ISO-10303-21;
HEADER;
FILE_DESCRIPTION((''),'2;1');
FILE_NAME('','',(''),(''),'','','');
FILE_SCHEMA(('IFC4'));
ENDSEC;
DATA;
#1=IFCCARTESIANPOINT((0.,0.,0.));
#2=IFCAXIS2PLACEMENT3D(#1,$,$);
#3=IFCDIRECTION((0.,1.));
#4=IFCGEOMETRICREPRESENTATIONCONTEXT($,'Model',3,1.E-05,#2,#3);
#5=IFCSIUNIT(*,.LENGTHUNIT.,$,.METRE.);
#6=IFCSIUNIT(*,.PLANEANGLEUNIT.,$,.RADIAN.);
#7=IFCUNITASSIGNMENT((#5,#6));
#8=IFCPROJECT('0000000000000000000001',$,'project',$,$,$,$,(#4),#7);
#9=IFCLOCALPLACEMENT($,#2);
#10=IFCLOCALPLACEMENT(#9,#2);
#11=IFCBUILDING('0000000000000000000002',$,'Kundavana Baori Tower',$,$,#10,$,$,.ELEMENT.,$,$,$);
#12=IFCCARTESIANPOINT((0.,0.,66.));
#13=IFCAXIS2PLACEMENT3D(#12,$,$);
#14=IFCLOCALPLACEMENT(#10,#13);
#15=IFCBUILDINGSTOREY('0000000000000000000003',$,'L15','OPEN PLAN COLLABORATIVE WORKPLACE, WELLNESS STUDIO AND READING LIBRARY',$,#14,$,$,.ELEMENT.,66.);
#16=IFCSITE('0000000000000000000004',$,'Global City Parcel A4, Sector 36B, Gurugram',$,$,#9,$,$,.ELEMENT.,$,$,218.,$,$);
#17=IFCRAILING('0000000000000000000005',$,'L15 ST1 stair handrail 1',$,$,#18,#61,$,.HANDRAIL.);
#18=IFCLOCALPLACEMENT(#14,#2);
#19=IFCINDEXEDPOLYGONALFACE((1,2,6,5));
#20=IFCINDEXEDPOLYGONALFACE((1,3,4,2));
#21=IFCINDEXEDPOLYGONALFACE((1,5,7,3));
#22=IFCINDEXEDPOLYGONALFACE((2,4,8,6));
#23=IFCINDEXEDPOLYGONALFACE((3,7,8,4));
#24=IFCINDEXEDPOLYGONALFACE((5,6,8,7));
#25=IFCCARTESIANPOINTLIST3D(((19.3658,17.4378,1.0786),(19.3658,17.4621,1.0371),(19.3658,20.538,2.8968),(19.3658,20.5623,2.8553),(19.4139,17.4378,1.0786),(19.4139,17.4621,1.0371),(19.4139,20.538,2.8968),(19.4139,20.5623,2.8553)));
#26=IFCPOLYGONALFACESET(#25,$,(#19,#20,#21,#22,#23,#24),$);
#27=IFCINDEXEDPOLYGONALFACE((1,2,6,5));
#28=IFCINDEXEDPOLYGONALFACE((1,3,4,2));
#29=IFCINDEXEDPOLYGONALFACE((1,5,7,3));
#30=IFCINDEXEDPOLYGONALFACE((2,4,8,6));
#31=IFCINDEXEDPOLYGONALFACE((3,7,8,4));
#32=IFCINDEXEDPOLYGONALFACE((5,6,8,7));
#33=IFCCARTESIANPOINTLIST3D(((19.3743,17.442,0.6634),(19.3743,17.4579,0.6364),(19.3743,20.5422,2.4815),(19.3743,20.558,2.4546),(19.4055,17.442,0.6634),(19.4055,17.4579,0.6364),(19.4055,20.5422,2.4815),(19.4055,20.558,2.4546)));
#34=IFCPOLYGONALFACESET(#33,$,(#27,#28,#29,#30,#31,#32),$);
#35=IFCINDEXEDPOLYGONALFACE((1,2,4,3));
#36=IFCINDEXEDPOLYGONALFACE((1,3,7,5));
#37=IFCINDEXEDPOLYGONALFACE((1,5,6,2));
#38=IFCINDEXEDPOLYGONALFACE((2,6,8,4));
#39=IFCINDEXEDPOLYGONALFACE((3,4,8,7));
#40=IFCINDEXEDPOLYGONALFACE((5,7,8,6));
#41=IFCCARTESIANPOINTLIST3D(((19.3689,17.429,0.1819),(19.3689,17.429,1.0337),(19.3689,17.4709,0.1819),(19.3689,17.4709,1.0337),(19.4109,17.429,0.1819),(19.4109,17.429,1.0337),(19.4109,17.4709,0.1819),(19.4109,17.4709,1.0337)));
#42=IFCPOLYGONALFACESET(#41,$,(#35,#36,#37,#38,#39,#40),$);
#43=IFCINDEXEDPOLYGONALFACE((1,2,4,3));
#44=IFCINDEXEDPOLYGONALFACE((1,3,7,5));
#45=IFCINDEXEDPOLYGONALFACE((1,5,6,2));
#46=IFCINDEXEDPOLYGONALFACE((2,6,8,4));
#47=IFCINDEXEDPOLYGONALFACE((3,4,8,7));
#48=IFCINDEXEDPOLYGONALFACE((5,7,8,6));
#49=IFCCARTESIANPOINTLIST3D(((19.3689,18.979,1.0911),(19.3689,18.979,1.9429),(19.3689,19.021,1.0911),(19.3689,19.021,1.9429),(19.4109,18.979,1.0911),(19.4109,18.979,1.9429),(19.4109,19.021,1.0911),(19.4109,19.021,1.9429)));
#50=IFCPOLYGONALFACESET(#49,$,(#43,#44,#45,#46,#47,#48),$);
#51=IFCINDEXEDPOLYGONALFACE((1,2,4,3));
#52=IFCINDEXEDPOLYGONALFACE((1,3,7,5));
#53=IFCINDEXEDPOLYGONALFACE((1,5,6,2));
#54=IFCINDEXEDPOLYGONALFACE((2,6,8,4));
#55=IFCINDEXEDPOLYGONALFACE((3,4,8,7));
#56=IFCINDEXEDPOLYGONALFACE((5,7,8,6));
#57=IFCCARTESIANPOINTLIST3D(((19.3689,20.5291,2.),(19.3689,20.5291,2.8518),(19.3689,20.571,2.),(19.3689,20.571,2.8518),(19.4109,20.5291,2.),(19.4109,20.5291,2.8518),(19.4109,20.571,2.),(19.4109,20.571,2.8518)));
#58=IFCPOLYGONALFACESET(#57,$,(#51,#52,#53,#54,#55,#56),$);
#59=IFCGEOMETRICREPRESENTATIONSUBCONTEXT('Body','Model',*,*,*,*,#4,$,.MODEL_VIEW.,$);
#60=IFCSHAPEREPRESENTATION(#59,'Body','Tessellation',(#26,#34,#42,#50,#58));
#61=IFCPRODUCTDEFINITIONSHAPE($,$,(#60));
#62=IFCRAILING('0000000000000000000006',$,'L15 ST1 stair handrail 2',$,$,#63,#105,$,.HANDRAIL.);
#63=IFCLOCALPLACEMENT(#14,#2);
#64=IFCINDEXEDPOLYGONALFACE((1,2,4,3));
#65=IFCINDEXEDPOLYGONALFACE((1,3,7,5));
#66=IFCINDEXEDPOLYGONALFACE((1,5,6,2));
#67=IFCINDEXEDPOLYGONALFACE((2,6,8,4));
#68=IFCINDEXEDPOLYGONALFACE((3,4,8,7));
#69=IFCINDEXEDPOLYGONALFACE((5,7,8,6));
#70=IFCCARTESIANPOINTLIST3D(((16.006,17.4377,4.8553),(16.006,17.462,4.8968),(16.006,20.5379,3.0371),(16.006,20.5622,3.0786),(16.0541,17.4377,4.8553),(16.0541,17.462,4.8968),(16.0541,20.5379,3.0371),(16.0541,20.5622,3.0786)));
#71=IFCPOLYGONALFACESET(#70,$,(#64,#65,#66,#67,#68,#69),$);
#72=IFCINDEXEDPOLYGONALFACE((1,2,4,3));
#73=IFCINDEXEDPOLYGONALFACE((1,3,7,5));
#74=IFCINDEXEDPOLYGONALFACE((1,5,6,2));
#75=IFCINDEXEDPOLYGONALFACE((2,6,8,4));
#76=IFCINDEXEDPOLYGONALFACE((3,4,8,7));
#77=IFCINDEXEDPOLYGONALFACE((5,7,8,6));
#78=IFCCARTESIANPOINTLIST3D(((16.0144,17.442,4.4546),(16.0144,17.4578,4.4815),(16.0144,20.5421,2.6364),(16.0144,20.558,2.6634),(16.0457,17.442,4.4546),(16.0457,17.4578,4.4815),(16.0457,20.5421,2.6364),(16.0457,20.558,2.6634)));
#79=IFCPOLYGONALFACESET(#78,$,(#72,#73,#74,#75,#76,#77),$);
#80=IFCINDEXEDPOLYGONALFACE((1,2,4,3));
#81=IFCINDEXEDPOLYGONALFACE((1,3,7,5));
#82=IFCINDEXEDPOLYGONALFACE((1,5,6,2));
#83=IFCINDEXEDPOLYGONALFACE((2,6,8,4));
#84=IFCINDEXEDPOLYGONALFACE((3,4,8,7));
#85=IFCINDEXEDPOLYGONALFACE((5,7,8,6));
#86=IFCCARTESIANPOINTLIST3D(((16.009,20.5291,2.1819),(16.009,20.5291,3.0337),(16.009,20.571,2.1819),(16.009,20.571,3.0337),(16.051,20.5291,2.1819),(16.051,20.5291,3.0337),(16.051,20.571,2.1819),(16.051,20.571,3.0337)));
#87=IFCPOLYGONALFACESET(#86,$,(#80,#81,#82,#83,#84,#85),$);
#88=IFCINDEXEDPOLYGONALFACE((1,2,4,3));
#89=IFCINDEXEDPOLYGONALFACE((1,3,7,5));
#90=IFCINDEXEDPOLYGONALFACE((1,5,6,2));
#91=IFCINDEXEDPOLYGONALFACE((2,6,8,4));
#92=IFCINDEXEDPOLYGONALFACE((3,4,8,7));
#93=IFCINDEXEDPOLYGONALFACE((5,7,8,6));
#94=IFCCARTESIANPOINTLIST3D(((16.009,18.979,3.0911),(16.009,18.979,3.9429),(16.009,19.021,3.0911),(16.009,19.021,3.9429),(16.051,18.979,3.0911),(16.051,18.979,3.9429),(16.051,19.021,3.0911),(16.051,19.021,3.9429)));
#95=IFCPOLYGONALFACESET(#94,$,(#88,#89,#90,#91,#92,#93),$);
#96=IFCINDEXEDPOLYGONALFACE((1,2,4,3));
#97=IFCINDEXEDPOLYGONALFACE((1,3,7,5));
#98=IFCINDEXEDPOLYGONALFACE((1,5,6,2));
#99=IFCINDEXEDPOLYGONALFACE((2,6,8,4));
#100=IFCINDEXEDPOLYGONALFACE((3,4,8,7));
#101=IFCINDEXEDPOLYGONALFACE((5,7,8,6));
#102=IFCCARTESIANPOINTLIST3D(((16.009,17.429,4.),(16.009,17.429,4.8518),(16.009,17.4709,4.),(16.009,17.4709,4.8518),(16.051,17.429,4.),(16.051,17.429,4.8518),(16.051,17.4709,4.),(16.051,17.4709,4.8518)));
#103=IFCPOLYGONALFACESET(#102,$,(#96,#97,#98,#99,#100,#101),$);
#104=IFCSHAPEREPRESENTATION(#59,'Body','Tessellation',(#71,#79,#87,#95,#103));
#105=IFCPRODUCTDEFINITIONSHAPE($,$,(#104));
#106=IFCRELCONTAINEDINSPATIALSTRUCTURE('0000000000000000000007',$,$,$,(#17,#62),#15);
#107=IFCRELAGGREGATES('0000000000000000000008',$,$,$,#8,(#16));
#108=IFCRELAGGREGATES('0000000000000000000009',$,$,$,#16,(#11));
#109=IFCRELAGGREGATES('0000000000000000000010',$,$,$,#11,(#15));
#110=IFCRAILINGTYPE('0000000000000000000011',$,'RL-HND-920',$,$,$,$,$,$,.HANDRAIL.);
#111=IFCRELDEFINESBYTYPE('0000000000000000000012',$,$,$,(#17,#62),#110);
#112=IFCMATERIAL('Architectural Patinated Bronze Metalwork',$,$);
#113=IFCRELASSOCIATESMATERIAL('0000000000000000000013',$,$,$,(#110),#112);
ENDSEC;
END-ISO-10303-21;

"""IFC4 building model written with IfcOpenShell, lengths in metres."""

from ifc_helpers import new_model, si_unit, direction, frame, origin, origin_2d, place, context, subcontext, project, spatial, rectangle, extrude, material, type_object, element, save


model = new_model("IFC4")

# Units and contexts
model_context = context("Model", 3, precision=1e-05, world=origin(), true_north=direction((0.0, 1.0)))
body_context = subcontext(model_context, "Body", "Model", "MODEL_VIEW")
ifc_project = project(units=[si_unit("LENGTHUNIT", "METRE"), si_unit("PLANEANGLEUNIT", "RADIAN")], contexts=[model_context])

# Site, building, storey
site_placement = place(None, origin())
site = spatial("IfcSite", under=ifc_project, at=site_placement, Name="Global City Parcel A4, Sector 36B, Gurugram", CompositionType="ELEMENT", RefElevation=218.0)
building_placement = place(site_placement, origin())
building = spatial("IfcBuilding", under=site, at=building_placement, Name="Kundavana Baori Tower", CompositionType="ELEMENT")
storey_placement = place(building_placement, frame((0.0, 0.0, 66.0)))
storey = spatial("IfcBuildingStorey", under=building, at=storey_placement, Name="L15", Description="OPEN PLAN COLLABORATIVE WORKPLACE, WELLNESS STUDIO AND READING LIBRARY", CompositionType="ELEMENT", Elevation=66.0)

# Railings
ifc_material_1 = material(Name="Architectural Patinated Bronze Metalwork")
railing_type_1 = type_object("IfcRailingType", Name="RL-HND-920", PredefinedType="HANDRAIL", material=ifc_material_1)
railing_1_placement = place(storey_placement, frame((19.3899, 17.45, 0.1819)))
element("IfcRailing", 1, at=railing_1_placement, inside=storey, type_object=railing_type_1, Name="L15 ST1 stair handrail 1", PredefinedType="HANDRAIL", context=body_context, shape_type="SweptSolid", body=[
    extrude(rectangle(XDim=0.0481, YDim=0.0481, at=origin_2d()), frame((0.0, 0.0, 0.876), z_axis=(0.0, 0.862599, 0.505889), x_axis=(-1.0, 0.0, 0.0)), (0.0, 0.0, 1.0), 3.594),
    extrude(rectangle(XDim=0.0312, YDim=0.0312, at=origin_2d()), frame((0.0, 0.0, 0.468), z_axis=(0.0, 0.862599, 0.505889), x_axis=(-1.0, 0.0, 0.0)), (0.0, 0.0, 1.0), 3.594),
    extrude(rectangle(XDim=0.042, YDim=0.042, at=origin_2d()), origin(), (0.0, 0.0, 1.0), 0.8518),
    extrude(rectangle(XDim=0.042, YDim=0.042, at=origin_2d()), frame((0.0, 1.55, 0.9092)), (0.0, 0.0, 1.0), 0.8518),
    extrude(rectangle(XDim=0.042, YDim=0.042, at=origin_2d()), frame((0.0, 3.1001, 1.8181)), (0.0, 0.0, 1.0), 0.8518),
])
railing_2_placement = place(storey_placement, frame((16.03, 20.55, 2.1819)))
element("IfcRailing", 2, at=railing_2_placement, inside=storey, type_object=railing_type_1, Name="L15 ST1 stair handrail 2", PredefinedType="HANDRAIL", context=body_context, shape_type="SweptSolid", body=[
    extrude(rectangle(XDim=0.0481, YDim=0.0481, at=origin_2d()), frame((0.0, 0.0, 0.876), z_axis=(0.0, -0.862599, 0.505889), x_axis=(1.0, 0.0, 0.0)), (0.0, 0.0, 1.0), 3.594),
    extrude(rectangle(XDim=0.0312, YDim=0.0312, at=origin_2d()), frame((0.0, 0.0, 0.468), z_axis=(0.0, -0.862599, 0.505889), x_axis=(1.0, 0.0, 0.0)), (0.0, 0.0, 1.0), 3.594),
    extrude(rectangle(XDim=0.042, YDim=0.042, at=origin_2d()), origin(), (0.0, 0.0, 1.0), 0.8518),
    extrude(rectangle(XDim=0.042, YDim=0.042, at=origin_2d()), frame((0.0, -1.55, 0.9092)), (0.0, 0.0, 1.0), 0.8518),
    extrude(rectangle(XDim=0.042, YDim=0.042, at=origin_2d()), frame((0.0, -3.1001, 1.8181)), (0.0, 0.0, 1.0), 0.8518),
])

save(model, "model.ifc")
